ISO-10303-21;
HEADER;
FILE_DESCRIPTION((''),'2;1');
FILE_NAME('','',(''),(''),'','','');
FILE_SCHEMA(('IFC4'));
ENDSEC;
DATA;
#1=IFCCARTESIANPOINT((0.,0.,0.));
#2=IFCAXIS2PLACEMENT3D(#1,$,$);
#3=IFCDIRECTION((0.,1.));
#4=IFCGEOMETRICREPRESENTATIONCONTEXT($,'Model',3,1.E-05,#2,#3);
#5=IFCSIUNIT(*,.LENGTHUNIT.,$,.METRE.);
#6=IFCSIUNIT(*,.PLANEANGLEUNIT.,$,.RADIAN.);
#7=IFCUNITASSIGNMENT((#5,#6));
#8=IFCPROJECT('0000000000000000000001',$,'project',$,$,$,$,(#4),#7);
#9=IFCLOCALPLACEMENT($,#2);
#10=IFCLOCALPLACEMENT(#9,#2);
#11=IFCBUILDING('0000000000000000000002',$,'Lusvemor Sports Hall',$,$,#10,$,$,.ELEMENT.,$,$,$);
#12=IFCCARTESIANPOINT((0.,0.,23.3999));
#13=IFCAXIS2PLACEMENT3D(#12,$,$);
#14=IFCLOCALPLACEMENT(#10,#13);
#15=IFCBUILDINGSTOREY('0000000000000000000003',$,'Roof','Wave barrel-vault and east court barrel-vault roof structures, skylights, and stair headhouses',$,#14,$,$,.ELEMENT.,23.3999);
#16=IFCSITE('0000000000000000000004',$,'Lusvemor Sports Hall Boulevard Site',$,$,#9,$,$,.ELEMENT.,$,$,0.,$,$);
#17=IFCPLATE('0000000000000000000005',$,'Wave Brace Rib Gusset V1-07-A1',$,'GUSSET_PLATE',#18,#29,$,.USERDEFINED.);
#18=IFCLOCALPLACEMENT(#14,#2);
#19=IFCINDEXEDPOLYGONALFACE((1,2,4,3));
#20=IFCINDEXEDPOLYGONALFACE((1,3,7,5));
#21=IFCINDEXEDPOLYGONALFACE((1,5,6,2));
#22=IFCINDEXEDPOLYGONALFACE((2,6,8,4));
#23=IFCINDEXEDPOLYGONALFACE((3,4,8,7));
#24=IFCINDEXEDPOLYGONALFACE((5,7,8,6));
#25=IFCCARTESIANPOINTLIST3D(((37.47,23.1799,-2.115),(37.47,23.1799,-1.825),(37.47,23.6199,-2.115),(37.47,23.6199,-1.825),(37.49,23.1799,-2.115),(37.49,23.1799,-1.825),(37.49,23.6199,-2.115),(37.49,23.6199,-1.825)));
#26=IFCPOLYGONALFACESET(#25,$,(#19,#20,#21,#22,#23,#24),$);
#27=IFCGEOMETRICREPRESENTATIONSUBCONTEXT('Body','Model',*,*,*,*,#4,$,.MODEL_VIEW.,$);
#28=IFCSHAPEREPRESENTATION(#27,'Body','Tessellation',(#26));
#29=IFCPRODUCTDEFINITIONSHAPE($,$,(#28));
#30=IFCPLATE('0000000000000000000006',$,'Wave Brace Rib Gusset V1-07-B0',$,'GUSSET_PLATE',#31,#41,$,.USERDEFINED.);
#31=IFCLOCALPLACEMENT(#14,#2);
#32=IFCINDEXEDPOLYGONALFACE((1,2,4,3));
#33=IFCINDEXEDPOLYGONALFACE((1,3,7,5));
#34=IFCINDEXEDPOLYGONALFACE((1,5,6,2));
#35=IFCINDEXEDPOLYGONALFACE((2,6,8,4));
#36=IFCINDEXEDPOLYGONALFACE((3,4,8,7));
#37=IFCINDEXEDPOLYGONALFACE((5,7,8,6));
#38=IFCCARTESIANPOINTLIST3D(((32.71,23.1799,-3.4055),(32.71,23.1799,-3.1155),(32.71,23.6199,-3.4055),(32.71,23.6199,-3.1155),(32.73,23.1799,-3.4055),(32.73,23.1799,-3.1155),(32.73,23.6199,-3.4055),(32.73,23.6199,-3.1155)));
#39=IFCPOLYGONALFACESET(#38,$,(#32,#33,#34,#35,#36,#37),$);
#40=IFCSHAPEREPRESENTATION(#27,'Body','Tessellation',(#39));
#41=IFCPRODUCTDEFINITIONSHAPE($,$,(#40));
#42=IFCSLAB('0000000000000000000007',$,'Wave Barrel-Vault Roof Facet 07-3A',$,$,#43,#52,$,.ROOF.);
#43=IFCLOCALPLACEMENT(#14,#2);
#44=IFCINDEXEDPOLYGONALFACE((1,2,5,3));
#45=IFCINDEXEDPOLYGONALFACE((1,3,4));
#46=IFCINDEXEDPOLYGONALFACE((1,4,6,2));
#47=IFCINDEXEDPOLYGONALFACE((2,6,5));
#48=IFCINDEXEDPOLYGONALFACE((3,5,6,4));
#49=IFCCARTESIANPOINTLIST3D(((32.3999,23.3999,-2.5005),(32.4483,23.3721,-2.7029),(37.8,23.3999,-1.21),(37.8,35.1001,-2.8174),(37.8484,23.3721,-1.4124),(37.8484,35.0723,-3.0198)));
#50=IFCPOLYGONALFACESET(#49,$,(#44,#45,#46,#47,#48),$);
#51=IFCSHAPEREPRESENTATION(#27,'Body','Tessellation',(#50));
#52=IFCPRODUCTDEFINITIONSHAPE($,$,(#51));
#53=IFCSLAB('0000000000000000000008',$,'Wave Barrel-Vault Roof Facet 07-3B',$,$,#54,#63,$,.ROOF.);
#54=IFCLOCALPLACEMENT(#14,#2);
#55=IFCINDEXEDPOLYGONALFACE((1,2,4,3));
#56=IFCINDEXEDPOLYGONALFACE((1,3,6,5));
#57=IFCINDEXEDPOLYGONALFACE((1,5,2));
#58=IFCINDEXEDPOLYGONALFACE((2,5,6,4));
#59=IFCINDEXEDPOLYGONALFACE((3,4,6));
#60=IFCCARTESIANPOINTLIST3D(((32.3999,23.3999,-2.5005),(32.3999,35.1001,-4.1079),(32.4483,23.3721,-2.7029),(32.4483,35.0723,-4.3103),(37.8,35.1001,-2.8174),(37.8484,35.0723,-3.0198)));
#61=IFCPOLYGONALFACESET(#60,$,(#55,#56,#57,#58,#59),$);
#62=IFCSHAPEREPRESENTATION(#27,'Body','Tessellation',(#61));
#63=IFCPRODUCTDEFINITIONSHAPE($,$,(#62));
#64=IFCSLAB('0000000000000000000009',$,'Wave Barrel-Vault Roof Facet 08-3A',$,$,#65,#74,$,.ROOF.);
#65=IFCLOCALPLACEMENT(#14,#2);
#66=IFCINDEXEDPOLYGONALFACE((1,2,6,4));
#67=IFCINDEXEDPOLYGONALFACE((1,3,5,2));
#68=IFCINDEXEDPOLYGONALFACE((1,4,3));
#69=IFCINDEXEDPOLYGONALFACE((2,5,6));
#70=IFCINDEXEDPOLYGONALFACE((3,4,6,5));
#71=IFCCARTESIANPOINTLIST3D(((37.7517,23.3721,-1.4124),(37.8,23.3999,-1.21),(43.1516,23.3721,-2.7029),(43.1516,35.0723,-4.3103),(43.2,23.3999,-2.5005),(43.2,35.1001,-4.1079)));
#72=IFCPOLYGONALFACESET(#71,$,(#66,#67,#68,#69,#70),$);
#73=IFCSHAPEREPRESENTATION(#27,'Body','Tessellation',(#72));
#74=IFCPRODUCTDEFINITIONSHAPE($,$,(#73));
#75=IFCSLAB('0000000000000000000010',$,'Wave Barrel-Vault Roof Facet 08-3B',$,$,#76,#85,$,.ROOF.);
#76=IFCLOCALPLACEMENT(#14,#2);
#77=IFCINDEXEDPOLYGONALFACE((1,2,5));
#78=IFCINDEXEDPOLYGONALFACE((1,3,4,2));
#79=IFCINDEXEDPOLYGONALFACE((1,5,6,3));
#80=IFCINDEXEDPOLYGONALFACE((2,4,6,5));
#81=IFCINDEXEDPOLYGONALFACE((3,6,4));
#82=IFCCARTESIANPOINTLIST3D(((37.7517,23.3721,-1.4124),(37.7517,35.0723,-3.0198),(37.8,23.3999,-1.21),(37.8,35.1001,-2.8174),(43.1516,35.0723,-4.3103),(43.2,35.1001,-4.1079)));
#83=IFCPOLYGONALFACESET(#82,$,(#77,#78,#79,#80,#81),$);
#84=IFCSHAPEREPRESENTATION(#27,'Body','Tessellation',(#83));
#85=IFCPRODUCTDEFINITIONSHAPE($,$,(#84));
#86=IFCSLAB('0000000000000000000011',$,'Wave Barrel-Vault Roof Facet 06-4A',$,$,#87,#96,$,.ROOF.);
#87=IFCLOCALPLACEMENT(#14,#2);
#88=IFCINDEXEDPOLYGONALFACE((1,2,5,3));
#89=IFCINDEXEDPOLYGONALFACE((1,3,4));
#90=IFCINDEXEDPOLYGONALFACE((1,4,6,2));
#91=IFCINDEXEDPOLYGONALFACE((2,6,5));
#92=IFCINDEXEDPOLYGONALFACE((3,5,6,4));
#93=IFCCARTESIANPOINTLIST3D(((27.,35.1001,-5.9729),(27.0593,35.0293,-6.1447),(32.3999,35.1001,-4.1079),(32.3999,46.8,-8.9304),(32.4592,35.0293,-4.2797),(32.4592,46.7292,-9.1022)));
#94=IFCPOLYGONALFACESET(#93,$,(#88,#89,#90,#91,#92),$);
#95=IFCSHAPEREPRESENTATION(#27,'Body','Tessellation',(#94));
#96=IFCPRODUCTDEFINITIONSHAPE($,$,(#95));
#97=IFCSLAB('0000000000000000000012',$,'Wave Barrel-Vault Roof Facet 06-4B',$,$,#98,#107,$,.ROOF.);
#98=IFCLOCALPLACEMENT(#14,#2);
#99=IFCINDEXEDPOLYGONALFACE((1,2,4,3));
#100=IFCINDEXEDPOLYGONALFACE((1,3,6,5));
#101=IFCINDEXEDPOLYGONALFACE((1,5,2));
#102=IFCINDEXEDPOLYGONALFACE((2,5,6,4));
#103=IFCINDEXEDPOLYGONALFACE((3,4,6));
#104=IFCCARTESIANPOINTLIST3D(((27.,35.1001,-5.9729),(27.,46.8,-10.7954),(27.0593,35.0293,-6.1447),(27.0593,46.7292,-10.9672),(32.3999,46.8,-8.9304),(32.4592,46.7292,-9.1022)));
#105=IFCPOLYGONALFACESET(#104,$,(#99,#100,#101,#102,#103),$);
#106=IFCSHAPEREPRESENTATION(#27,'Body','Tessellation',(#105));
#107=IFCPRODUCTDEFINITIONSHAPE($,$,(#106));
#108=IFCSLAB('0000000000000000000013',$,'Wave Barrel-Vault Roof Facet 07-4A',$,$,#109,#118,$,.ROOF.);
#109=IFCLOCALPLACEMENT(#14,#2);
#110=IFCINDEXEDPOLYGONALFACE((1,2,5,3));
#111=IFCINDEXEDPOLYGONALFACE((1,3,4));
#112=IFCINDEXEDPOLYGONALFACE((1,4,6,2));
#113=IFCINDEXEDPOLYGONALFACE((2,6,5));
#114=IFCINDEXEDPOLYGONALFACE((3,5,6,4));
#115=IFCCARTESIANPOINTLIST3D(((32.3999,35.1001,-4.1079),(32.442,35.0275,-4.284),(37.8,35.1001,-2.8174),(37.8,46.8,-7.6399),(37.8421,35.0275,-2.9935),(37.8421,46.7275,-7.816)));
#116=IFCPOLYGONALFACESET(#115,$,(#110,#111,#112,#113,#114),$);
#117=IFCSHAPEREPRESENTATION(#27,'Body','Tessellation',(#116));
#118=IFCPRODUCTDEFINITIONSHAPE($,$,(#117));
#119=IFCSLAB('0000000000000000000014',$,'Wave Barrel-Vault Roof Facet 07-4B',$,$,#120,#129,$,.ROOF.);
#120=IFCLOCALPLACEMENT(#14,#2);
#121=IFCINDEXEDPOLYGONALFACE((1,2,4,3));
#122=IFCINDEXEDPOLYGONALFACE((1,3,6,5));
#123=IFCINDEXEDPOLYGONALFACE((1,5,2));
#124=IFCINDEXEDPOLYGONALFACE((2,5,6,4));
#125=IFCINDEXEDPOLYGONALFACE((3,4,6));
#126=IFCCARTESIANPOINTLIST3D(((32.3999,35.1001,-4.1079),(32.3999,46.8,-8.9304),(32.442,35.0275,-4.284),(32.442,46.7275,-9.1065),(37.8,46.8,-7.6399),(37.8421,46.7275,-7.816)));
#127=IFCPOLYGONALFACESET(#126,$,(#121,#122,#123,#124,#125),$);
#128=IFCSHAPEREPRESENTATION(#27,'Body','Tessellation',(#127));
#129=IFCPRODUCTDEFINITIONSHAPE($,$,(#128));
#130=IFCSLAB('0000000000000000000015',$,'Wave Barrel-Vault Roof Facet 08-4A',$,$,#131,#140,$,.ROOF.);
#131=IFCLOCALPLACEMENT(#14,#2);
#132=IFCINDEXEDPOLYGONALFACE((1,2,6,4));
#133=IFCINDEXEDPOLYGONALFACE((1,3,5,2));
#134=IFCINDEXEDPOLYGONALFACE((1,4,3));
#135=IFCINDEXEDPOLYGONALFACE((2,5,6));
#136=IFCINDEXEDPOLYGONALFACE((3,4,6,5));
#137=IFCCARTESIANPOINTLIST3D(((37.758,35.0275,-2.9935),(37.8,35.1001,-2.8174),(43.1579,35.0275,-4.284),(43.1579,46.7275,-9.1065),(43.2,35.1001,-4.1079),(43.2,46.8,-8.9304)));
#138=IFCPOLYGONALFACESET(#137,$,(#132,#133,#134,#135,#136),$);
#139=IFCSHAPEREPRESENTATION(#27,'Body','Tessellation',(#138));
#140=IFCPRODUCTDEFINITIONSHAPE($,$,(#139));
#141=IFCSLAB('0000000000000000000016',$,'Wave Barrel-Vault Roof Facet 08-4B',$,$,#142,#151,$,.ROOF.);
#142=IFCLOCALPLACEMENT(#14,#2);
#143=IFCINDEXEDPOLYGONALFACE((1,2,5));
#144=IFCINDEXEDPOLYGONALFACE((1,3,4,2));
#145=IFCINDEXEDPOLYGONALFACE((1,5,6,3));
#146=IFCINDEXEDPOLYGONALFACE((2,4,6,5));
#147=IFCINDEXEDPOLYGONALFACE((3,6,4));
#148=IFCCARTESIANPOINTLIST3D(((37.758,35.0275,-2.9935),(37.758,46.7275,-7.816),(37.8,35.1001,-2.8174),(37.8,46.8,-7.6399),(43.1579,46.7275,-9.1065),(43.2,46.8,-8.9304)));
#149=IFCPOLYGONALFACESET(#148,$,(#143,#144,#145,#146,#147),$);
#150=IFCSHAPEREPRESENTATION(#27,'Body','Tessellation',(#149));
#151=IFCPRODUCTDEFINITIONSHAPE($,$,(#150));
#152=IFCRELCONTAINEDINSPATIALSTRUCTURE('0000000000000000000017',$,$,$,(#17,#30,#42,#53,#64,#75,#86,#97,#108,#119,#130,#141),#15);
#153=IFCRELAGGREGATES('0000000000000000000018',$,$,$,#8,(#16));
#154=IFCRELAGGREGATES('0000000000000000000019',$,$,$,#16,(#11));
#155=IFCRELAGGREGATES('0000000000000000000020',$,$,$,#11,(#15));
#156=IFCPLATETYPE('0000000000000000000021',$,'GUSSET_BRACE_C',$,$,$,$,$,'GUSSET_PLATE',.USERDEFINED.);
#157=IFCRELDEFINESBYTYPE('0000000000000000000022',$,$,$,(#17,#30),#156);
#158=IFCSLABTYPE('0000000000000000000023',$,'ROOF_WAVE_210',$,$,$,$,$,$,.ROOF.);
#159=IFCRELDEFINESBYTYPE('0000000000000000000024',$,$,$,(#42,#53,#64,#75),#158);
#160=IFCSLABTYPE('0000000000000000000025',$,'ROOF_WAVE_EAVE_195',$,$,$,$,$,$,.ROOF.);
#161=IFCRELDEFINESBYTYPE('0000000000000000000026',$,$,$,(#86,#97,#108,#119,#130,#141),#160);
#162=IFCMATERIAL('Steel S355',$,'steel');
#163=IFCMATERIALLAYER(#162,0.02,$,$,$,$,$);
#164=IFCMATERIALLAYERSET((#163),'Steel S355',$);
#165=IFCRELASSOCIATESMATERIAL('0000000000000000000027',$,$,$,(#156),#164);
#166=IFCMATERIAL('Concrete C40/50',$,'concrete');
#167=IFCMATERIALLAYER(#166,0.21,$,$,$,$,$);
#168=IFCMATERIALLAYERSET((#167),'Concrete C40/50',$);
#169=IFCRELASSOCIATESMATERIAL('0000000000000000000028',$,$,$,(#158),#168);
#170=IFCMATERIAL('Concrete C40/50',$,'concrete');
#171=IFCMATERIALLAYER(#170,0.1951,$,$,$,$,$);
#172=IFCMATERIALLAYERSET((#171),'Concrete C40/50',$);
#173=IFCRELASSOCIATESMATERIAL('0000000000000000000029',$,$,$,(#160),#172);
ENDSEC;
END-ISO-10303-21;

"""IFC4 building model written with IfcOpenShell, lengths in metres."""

from ifc_helpers import new_model, si_unit, direction, frame, origin, origin_2d, place, context, subcontext, project, spatial, polyline, rectangle, outline, extrude, material, layer, layer_set, type_object, element, save


model = new_model("IFC4")

# Units and contexts
model_context = context("Model", 3, precision=1e-05, world=origin(), true_north=direction((0.0, 1.0)))
body_context = subcontext(model_context, "Body", "Model", "MODEL_VIEW")
ifc_project = project(units=[si_unit("LENGTHUNIT", "METRE"), si_unit("PLANEANGLEUNIT", "RADIAN")], contexts=[model_context])

# Site, building, storey
site_placement = place(None, origin())
site = spatial("IfcSite", under=ifc_project, at=site_placement, Name="Lusvemor Sports Hall Boulevard Site", CompositionType="ELEMENT", RefElevation=0.0)
building_placement = place(site_placement, origin())
building = spatial("IfcBuilding", under=site, at=building_placement, Name="Lusvemor Sports Hall", CompositionType="ELEMENT")
storey_placement = place(building_placement, frame((0.0, 0.0, 23.3999)))
storey = spatial("IfcBuildingStorey", under=building, at=storey_placement, Name="Roof", Description="Wave barrel-vault and east court barrel-vault roof structures, skylights, and stair headhouses", CompositionType="ELEMENT", Elevation=23.3999)

# Plates
ifc_material_1 = material(Name="Steel S355", Category="steel")
ifc_layer_1 = layer(ifc_material_1, 0.02)
ifc_layer_set_1 = layer_set([ifc_layer_1], Name="Steel S355")
plate_type_1 = type_object("IfcPlateType", Name="GUSSET_BRACE_C", ElementType="GUSSET_PLATE", PredefinedType="USERDEFINED", material=ifc_layer_set_1)
for number, where, z_axis, x_axis, name in (
    (1, (37.48, 23.3999, -2.115), (0.0, 0.0, 1.0), (1.0, 0.0, 0.0), "Wave Brace Rib Gusset V1-07-A1"),
    (2, (32.72, 23.3999, -3.4055), (0.0, 0.0, 1.0), (1.0, 0.0, 0.0), "Wave Brace Rib Gusset V1-07-B0"),
):
    element("IfcPlate", number, at=place(storey_placement, frame(where, z_axis=z_axis, x_axis=x_axis)), inside=storey, type_object=plate_type_1, Name=name, ObjectType="GUSSET_PLATE", PredefinedType="USERDEFINED", context=body_context, shape_type="SweptSolid", body=[
        extrude(rectangle(XDim=0.02, YDim=0.4399, at=origin_2d()), origin(), (0.0, 0.0, 1.0), 0.29),
    ])

# Slabs
ifc_material_2 = material(Name="Concrete C40/50", Category="concrete")
ifc_layer_2 = layer(ifc_material_2, 0.21)
ifc_layer_set_2 = layer_set([ifc_layer_2], Name="Concrete C40/50")
slab_type_1 = type_object("IfcSlabType", Name="ROOF_WAVE_210", PredefinedType="ROOF", material=ifc_layer_set_2)
slab_1_placement = place(storey_placement, frame((32.3999, 23.3999, -2.5005), z_axis=(-0.230387, 0.132444, 0.964044), x_axis=(0.972612, 0.0, 0.232435)))
element("IfcSlab", 3, at=slab_1_placement, inside=storey, type_object=slab_type_1, Name="Wave Barrel-Vault Roof Facet 07-3A", PredefinedType="ROOF", context=body_context, shape_type="SweptSolid", body=[
    extrude(outline(polyline([(0.0, 0.0), (5.5522, 0.0), (5.1786, 11.8042), (0.0, 0.0)])), origin(), (0.0, 0.0, -1.0), 0.21),
])
slab_2_placement = place(storey_placement, frame((32.3999, 23.3999, -2.5005), z_axis=(-0.230387, 0.132444, 0.964044), x_axis=(0.418935, 0.907683, -0.024584)))
element("IfcSlab", 4, at=slab_2_placement, inside=storey, type_object=slab_type_1, Name="Wave Barrel-Vault Roof Facet 07-3B", PredefinedType="ROOF", context=body_context, shape_type="SweptSolid", body=[
    extrude(outline(polyline([(0.0, 0.0), (12.8902, 0.0), (10.6596, 5.0844), (0.0, 0.0)])), origin(), (0.0, 0.0, -1.0), 0.21),
])
slab_3_placement = place(storey_placement, frame((37.8, 23.3999, -1.21), z_axis=(0.230397, 0.132444, 0.964041), x_axis=(0.97261, 0.0, -0.232445)))
element("IfcSlab", 5, at=slab_3_placement, inside=storey, type_object=slab_type_1, Name="Wave Barrel-Vault Roof Facet 08-3A", PredefinedType="ROOF", context=body_context, shape_type="SweptSolid", body=[
    extrude(outline(polyline([(0.0, 0.0), (5.552, 0.0), (5.9256, 11.8042), (0.0, 0.0)])), origin(), (0.0, 0.0, -1.0), 0.21),
])
slab_4_placement = place(storey_placement, frame((37.8, 23.3999, -1.21), z_axis=(0.230397, 0.132444, 0.964041), x_axis=(0.408835, 0.885841, -0.219408)))
element("IfcSlab", 6, at=slab_4_placement, inside=storey, type_object=slab_type_1, Name="Wave Barrel-Vault Roof Facet 08-3B", PredefinedType="ROOF", context=body_context, shape_type="SweptSolid", body=[
    extrude(outline(polyline([(0.0, 0.0), (13.208, 0.0), (10.7172, 4.9619), (0.0, 0.0)])), origin(), (0.0, 0.0, -1.0), 0.21),
])
ifc_material_3 = material(Name="Concrete C40/50", Category="concrete")
ifc_layer_3 = layer(ifc_material_3, 0.1951)
ifc_layer_set_3 = layer_set([ifc_layer_3], Name="Concrete C40/50")
slab_type_2 = type_object("IfcSlabType", Name="ROOF_WAVE_EAVE_195", PredefinedType="ROOF", material=ifc_layer_set_3)
slab_5_placement = place(storey_placement, frame((27.0, 35.1001, -5.9729), z_axis=(-0.304183, 0.363022, 0.880732), x_axis=(0.945213, 0.0, 0.326453)))
element("IfcSlab", 7, at=slab_5_placement, inside=storey, type_object=slab_type_2, Name="Wave Barrel-Vault Roof Facet 06-4A", PredefinedType="ROOF", context=body_context, shape_type="SweptSolid", body=[
    extrude(outline(polyline([(0.0, 0.0), (5.7129, 0.0), (4.1386, 12.5566), (0.0, 0.0)])), origin(), (0.0, 0.0, -1.0), 0.1951),
])
slab_6_placement = place(storey_placement, frame((27.0, 35.1001, -5.9729), z_axis=(-0.304183, 0.363022, 0.880732), x_axis=(0.408434, 0.884952, -0.223699)))
element("IfcSlab", 8, at=slab_6_placement, inside=storey, type_object=slab_type_2, Name="Wave Barrel-Vault Roof Facet 06-4B", PredefinedType="ROOF", context=body_context, shape_type="SweptSolid", body=[
    extrude(outline(polyline([(0.0, 0.0), (13.221, 0.0), (11.4327, 5.4258), (0.0, 0.0)])), origin(), (0.0, 0.0, -1.0), 0.1951),
])
slab_7_placement = place(storey_placement, frame((32.3999, 35.1001, -4.1079), z_axis=(-0.215744, 0.372105, 0.902769), x_axis=(0.972612, 0.0, 0.232435)))
element("IfcSlab", 9, at=slab_7_placement, inside=storey, type_object=slab_type_2, Name="Wave Barrel-Vault Roof Facet 07-4A", PredefinedType="ROOF", context=body_context, shape_type="SweptSolid", body=[
    extrude(outline(polyline([(0.0, 0.0), (5.5522, 0.0), (4.4313, 12.6051), (0.0, 0.0)])), origin(), (0.0, 0.0, -1.0), 0.1951),
])
slab_8_placement = place(storey_placement, frame((32.3999, 35.1001, -4.1079), z_axis=(-0.215744, 0.372105, 0.902769), x_axis=(0.404162, 0.875657, -0.264343)))
element("IfcSlab", 10, at=slab_8_placement, inside=storey, type_object=slab_type_2, Name="Wave Barrel-Vault Roof Facet 07-4B", PredefinedType="ROOF", context=body_context, shape_type="SweptSolid", body=[
    extrude(outline(polyline([(0.0, 0.0), (13.3613, 0.0), (11.5199, 5.238), (0.0, 0.0)])), origin(), (0.0, 0.0, -1.0), 0.1951),
])
slab_9_placement = place(storey_placement, frame((37.8, 35.1001, -2.8174), z_axis=(0.215753, 0.372104, 0.902767), x_axis=(0.97261, 0.0, -0.232445)))
element("IfcSlab", 11, at=slab_9_placement, inside=storey, type_object=slab_type_2, Name="Wave Barrel-Vault Roof Facet 08-4A", PredefinedType="ROOF", context=body_context, shape_type="SweptSolid", body=[
    extrude(outline(polyline([(0.0, 0.0), (5.552, 0.0), (6.6729, 12.6051), (0.0, 0.0)])), origin(), (0.0, 0.0, -1.0), 0.1951),
])
slab_10_placement = place(storey_placement, frame((37.8, 35.1001, -2.8174), z_axis=(0.215753, 0.372104, 0.902767), x_axis=(0.37861, 0.820333, -0.428611)))
element("IfcSlab", 12, at=slab_10_placement, inside=storey, type_object=slab_type_2, Name="Wave Barrel-Vault Roof Facet 08-4B", PredefinedType="ROOF", context=body_context, shape_type="SweptSolid", body=[
    extrude(outline(polyline([(0.0, 0.0), (14.2624, 0.0), (11.6648, 4.9068), (0.0, 0.0)])), origin(), (0.0, 0.0, -1.0), 0.1951),
])

save(model, "model.ifc")
